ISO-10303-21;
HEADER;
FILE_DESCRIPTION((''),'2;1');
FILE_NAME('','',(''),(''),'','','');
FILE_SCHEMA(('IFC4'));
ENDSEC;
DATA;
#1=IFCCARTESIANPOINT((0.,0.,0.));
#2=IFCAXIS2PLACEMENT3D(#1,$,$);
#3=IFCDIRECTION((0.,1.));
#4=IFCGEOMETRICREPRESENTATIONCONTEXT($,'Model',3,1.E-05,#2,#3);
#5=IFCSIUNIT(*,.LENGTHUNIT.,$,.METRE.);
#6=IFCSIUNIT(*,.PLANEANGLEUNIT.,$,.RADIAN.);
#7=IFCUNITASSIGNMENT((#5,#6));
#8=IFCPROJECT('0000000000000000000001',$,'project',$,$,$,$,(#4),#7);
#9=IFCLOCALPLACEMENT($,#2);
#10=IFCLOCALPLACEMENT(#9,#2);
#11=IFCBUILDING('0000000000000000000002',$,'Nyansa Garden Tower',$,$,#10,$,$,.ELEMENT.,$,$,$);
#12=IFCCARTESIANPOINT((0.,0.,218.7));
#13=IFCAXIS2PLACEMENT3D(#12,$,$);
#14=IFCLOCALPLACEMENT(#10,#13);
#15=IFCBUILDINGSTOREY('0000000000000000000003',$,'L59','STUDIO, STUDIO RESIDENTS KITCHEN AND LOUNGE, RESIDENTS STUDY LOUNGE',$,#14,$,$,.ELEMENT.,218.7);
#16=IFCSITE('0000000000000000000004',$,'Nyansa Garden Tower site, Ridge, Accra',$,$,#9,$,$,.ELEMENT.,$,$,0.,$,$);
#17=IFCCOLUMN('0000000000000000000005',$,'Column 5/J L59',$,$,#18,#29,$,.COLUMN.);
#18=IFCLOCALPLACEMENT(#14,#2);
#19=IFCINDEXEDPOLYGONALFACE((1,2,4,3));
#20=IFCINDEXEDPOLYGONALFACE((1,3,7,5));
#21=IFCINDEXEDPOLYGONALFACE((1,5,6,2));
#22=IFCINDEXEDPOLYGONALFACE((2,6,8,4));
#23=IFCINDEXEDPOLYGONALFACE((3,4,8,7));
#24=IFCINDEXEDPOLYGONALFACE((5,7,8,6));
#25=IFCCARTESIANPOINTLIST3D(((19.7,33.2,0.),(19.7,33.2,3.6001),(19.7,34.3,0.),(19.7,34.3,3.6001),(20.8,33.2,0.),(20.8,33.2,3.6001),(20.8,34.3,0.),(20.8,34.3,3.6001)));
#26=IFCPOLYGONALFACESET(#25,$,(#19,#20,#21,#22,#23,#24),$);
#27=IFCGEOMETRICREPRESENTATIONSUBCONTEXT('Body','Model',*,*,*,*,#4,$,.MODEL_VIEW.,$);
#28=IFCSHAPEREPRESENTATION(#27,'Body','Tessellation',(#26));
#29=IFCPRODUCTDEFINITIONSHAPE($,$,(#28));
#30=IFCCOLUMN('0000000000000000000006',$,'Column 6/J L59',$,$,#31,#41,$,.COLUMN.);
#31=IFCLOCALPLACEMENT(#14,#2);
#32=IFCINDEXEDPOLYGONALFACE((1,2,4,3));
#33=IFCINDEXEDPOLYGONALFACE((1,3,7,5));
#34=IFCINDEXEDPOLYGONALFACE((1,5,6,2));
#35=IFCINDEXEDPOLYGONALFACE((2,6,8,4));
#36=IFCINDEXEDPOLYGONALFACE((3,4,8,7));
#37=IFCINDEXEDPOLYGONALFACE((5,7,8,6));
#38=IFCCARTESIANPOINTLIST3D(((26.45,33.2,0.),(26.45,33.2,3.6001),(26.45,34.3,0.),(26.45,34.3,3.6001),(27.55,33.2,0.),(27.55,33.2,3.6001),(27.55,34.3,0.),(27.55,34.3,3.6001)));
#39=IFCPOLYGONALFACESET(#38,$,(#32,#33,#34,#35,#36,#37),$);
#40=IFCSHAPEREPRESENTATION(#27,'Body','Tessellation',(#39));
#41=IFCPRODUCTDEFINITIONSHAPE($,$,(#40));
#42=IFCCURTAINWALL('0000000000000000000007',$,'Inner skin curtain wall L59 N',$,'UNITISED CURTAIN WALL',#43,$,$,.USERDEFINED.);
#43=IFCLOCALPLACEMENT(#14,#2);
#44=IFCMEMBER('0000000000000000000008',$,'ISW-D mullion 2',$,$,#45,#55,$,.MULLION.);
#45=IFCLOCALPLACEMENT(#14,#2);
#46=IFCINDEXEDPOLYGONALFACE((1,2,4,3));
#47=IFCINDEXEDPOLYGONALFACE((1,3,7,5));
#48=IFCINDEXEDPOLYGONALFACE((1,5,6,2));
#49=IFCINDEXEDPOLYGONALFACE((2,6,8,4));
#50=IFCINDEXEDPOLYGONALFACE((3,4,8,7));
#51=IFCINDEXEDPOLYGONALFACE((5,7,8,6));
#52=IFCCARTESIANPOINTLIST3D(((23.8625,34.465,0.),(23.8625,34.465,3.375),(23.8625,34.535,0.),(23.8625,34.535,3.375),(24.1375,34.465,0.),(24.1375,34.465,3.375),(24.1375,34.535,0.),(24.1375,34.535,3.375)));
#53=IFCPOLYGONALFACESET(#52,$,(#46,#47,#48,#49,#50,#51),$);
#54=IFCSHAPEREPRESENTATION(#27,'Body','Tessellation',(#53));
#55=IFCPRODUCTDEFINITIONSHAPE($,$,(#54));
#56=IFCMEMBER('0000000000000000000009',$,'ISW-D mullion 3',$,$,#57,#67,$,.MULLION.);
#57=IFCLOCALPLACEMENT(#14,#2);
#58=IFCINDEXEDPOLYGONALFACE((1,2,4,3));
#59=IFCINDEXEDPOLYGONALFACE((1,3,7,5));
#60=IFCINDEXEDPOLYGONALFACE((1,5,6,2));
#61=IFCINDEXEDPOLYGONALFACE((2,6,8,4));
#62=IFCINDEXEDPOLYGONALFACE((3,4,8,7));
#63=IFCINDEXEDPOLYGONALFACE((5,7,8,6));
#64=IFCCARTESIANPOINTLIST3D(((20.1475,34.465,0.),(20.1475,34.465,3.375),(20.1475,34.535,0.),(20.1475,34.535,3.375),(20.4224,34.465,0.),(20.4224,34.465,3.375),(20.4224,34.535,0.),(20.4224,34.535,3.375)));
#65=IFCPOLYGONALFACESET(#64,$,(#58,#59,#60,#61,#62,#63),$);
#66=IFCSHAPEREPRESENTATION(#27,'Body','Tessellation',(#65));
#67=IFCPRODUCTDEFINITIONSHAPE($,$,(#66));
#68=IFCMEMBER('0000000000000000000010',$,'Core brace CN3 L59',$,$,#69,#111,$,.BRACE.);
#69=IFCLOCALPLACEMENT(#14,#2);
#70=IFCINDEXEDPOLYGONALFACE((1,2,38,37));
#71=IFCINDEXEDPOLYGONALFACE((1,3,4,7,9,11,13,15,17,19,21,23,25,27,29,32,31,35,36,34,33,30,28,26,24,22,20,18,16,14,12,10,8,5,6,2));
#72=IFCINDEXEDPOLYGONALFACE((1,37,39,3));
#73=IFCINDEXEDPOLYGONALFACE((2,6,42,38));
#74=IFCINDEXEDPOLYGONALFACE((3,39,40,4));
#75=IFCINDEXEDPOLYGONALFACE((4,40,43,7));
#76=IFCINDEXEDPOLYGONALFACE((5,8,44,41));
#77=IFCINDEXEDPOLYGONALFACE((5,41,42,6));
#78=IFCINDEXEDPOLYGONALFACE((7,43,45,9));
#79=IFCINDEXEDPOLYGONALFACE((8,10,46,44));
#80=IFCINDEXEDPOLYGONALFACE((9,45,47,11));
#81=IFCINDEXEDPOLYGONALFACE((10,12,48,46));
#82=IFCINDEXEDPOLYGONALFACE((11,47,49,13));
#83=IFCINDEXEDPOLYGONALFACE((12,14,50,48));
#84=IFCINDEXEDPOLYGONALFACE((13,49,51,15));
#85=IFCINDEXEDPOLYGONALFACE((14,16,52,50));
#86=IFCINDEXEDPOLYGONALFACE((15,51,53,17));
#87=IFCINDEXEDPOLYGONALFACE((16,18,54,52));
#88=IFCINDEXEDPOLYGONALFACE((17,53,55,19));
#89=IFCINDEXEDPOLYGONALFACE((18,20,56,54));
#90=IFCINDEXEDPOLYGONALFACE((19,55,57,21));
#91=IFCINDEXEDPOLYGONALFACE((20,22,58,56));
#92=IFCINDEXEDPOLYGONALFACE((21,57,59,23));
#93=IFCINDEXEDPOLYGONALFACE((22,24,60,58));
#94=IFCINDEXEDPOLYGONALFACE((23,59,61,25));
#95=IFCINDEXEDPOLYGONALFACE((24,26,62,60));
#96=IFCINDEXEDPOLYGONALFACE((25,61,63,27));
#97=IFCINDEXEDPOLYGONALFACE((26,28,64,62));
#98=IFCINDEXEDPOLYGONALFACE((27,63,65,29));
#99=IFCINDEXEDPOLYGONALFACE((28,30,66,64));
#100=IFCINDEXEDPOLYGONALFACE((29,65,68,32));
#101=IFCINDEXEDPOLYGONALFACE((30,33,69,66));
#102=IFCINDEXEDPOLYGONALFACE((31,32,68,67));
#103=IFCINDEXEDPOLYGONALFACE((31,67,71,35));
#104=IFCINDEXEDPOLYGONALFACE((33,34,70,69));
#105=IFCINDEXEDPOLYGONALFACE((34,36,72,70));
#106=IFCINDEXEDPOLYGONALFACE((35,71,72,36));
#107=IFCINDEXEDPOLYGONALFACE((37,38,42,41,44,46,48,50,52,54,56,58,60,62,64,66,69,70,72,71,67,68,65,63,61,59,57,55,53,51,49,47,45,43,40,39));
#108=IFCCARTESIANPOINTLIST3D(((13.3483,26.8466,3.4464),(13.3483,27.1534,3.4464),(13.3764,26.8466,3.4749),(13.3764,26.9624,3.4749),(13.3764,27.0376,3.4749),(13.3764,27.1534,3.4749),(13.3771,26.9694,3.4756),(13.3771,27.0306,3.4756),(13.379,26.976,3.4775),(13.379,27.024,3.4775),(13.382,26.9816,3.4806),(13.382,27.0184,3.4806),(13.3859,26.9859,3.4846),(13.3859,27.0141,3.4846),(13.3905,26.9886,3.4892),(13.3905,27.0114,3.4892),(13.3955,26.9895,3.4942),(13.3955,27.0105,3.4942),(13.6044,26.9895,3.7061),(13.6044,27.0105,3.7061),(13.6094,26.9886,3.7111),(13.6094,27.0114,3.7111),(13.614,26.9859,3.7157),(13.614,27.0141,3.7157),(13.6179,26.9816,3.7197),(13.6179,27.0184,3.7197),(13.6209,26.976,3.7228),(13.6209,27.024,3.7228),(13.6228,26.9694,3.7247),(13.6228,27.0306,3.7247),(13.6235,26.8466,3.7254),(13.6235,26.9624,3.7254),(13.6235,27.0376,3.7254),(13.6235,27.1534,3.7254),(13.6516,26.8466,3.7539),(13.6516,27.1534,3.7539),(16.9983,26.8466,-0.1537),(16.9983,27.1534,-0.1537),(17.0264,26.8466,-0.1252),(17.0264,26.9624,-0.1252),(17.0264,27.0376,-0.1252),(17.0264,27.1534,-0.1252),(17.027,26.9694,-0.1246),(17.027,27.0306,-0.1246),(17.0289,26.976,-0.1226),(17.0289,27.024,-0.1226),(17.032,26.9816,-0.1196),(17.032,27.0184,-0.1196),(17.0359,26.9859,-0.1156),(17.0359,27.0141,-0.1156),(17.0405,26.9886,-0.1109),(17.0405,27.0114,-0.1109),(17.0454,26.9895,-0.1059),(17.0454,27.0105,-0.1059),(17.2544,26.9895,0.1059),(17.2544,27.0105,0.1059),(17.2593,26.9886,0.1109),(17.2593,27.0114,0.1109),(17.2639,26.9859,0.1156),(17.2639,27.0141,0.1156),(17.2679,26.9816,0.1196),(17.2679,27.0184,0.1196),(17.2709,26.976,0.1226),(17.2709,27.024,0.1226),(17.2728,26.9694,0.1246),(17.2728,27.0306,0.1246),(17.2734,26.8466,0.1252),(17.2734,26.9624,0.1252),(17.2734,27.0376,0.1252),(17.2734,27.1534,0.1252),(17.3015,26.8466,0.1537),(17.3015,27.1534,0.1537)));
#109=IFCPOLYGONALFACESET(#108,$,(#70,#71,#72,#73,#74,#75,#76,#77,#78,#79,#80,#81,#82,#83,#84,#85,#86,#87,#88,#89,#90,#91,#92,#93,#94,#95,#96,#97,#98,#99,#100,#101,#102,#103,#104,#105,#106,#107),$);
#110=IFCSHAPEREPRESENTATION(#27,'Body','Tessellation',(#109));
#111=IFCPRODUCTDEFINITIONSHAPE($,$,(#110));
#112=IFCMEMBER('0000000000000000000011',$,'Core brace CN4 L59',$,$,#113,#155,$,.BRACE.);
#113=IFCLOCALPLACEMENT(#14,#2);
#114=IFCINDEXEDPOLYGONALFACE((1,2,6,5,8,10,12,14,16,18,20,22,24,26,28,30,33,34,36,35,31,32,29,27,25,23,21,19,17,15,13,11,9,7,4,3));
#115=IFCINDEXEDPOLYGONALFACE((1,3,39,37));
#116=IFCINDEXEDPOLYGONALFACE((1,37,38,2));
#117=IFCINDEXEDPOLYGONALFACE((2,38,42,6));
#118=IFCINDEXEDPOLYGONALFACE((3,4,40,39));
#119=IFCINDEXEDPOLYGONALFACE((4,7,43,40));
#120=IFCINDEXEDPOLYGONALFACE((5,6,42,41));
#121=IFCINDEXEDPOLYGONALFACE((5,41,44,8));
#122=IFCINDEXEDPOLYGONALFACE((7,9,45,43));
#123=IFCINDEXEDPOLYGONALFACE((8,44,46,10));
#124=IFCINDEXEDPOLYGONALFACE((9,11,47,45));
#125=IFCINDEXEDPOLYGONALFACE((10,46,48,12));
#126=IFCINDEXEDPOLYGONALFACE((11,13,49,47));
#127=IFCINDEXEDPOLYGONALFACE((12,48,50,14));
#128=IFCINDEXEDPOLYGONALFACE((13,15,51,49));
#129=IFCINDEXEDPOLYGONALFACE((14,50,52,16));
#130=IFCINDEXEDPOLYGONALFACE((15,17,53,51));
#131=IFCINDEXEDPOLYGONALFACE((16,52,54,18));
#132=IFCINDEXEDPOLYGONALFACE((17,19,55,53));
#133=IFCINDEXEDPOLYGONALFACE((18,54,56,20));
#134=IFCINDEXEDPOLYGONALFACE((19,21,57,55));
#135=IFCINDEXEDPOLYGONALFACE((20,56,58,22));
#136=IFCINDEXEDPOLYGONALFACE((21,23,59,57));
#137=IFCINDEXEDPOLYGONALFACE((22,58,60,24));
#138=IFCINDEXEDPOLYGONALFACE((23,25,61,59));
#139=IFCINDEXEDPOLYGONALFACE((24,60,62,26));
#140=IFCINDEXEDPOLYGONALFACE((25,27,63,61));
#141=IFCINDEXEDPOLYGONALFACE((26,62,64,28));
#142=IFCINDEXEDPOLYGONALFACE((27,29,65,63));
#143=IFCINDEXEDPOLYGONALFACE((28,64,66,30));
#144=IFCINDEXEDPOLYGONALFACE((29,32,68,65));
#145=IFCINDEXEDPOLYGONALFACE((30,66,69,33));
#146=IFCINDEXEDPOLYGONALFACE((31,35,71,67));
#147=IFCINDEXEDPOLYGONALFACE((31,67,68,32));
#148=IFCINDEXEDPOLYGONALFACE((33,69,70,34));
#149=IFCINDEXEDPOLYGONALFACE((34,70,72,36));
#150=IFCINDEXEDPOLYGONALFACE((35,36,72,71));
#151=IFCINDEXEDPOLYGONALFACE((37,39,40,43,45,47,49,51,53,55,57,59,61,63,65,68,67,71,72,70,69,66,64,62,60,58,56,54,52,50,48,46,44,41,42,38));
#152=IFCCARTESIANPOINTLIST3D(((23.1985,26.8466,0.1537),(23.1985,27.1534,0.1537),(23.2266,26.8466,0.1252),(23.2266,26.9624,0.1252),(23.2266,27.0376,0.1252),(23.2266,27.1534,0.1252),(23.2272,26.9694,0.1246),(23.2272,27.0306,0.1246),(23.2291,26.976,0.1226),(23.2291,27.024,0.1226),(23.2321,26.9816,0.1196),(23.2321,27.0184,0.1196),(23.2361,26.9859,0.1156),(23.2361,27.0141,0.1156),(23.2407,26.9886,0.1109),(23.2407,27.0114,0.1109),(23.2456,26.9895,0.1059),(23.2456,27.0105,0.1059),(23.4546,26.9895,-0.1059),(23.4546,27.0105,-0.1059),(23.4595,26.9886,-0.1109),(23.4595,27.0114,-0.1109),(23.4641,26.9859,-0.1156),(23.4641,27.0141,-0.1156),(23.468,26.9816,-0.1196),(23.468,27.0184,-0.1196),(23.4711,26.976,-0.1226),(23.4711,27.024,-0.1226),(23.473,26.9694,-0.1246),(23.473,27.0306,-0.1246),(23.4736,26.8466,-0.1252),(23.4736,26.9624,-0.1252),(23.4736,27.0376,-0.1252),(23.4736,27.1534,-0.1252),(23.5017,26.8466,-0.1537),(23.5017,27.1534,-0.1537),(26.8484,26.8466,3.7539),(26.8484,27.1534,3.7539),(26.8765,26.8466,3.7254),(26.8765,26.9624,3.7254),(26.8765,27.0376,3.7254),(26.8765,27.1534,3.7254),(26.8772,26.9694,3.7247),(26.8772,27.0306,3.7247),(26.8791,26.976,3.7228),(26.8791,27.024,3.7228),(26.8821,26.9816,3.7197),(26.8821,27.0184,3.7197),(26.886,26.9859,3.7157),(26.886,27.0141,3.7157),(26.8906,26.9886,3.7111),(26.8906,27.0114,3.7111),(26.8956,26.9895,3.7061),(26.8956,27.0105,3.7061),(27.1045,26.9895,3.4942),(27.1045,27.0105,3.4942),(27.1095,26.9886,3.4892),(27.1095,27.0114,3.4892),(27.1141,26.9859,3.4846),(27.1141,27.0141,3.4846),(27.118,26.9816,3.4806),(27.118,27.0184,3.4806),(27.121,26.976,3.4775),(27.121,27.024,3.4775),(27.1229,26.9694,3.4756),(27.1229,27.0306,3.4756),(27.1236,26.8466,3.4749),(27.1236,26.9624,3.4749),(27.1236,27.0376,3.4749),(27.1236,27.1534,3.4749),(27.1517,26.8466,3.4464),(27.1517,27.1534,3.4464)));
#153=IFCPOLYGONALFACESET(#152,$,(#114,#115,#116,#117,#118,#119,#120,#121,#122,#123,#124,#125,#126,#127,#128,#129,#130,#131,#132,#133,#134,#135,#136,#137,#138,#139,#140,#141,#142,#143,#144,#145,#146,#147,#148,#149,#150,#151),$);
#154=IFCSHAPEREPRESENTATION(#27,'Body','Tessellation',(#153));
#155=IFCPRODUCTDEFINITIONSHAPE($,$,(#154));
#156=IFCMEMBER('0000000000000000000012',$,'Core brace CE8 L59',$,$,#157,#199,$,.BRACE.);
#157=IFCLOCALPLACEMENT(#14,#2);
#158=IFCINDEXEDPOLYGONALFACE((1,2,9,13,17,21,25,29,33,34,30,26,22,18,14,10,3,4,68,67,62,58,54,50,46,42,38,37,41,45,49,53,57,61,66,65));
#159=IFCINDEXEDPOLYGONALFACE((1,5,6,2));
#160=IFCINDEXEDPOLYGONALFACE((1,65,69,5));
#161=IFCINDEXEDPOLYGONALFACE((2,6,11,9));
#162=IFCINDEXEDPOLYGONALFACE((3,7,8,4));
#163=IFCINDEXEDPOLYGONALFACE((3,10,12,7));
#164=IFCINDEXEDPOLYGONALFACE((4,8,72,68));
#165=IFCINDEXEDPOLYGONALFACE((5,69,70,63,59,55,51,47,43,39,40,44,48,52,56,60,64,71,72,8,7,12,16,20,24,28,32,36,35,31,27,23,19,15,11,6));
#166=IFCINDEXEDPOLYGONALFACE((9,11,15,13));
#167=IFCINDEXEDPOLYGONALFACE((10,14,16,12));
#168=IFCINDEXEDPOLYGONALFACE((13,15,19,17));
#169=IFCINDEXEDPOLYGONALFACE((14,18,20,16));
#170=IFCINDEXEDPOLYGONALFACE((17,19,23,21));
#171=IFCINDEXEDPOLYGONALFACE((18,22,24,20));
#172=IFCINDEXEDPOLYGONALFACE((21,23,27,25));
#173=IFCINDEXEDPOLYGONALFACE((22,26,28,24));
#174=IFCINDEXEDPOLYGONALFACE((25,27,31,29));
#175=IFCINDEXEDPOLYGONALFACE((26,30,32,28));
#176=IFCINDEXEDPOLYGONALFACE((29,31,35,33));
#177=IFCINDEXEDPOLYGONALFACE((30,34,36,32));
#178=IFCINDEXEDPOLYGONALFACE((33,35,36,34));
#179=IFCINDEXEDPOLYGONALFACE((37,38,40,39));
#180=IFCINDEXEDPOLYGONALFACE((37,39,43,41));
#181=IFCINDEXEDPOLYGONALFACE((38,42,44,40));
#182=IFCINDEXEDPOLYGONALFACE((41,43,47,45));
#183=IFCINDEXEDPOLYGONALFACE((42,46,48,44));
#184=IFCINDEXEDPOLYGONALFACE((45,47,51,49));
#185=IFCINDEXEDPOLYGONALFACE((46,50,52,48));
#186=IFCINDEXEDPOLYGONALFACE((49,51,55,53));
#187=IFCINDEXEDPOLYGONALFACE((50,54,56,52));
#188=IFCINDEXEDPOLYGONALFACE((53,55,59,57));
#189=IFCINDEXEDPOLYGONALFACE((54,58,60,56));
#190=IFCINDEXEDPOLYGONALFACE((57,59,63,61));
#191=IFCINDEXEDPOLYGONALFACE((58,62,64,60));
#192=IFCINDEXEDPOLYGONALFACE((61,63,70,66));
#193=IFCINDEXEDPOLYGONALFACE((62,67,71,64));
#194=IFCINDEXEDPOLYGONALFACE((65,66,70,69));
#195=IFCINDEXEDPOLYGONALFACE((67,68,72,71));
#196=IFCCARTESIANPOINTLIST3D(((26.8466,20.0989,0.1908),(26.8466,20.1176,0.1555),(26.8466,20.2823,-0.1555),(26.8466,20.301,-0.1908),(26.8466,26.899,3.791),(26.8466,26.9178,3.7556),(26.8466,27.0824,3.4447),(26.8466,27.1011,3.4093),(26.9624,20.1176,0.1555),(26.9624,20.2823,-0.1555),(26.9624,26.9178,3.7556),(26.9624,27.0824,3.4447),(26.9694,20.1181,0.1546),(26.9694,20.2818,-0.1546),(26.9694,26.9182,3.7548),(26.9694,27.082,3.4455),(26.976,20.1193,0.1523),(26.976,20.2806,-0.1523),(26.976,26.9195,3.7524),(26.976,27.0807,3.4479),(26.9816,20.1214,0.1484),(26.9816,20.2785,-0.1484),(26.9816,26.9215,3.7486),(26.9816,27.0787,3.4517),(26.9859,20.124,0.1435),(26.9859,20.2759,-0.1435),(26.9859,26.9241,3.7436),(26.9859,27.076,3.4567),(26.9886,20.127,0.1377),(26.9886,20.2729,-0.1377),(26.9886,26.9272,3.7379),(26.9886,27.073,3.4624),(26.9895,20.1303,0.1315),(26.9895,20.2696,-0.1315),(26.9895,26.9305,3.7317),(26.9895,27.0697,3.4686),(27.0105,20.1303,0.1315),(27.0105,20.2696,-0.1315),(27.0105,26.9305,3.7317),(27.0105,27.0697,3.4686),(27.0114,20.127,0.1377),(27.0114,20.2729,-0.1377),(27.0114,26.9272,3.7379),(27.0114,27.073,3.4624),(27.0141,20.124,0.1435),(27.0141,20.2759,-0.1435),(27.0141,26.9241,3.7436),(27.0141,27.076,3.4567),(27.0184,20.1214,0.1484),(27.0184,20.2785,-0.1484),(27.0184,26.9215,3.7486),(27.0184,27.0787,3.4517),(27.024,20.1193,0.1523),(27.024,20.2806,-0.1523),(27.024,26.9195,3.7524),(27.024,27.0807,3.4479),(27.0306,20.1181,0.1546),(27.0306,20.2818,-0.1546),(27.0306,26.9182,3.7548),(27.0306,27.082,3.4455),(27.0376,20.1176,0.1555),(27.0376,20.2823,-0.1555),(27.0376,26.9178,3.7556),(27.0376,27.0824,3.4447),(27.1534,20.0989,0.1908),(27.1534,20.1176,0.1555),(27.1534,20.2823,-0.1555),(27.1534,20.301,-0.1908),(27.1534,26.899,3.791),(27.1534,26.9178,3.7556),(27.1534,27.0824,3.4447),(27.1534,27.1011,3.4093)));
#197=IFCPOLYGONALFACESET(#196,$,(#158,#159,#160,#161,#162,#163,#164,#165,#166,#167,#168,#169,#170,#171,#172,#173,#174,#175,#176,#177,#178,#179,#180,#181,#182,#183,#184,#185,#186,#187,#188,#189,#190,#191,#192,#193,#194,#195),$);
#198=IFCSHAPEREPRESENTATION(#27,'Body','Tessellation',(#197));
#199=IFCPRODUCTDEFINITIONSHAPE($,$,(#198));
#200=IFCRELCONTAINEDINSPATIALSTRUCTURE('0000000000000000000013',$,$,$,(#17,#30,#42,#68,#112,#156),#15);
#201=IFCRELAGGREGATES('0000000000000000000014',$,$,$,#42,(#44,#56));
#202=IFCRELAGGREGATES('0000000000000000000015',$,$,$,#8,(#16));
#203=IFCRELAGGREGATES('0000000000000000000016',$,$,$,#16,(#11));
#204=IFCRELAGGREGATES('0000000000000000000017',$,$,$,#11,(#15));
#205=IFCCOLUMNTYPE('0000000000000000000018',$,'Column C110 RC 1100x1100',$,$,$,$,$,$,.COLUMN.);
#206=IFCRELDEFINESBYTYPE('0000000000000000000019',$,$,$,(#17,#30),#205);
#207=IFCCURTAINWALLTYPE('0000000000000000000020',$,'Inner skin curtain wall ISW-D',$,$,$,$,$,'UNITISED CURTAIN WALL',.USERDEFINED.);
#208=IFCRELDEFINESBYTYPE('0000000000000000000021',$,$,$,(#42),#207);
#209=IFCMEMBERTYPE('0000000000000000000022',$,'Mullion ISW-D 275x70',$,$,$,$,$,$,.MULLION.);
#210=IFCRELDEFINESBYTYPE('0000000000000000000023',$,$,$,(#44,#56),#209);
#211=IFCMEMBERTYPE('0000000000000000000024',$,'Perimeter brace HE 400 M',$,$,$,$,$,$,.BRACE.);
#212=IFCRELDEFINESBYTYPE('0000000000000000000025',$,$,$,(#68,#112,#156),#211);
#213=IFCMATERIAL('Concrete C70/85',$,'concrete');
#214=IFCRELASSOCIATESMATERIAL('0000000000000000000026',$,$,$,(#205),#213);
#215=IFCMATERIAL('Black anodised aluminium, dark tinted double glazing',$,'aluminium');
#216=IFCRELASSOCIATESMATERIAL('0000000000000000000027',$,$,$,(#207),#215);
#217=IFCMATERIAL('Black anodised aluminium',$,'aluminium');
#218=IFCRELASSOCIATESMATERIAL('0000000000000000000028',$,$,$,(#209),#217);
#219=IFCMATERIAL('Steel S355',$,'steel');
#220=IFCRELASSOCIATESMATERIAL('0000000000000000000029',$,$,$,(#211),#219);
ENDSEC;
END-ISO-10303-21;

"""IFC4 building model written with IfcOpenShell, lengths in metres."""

from ifc_helpers import new_model, si_unit, direction, frame, origin, origin_2d, place, context, subcontext, project, spatial, rectangle, i_section, extrude, material, material_profile, profile_set, type_object, element, aggregate, save


model = new_model("IFC4")

# Units and contexts
model_context = context("Model", 3, precision=1e-05, world=origin(), true_north=direction((0.0, 1.0)))
body_context = subcontext(model_context, "Body", "Model", "MODEL_VIEW")
ifc_project = project(units=[si_unit("LENGTHUNIT", "METRE"), si_unit("PLANEANGLEUNIT", "RADIAN")], contexts=[model_context])

# Site, building, storey
site_placement = place(None, origin())
site = spatial("IfcSite", under=ifc_project, at=site_placement, Name="Nyansa Garden Tower site, Ridge, Accra", CompositionType="ELEMENT", RefElevation=0.0)
building_placement = place(site_placement, origin())
building = spatial("IfcBuilding", under=site, at=building_placement, Name="Nyansa Garden Tower", CompositionType="ELEMENT")
storey_placement = place(building_placement, frame((0.0, 0.0, 218.7)))
storey = spatial("IfcBuildingStorey", under=building, at=storey_placement, Name="L59", Description="STUDIO, STUDIO RESIDENTS KITCHEN AND LOUNGE, RESIDENTS STUDY LOUNGE", CompositionType="ELEMENT", Elevation=218.7)

# Columns
ifc_material_1 = material(Name="Concrete C70/85", Category="concrete")
ifc_material_profile_1 = material_profile(ifc_material_1, rectangle(XDim=1.1001, YDim=1.1001, at=origin_2d()), Name="RC 1100x1100")
ifc_profile_set_1 = profile_set([ifc_material_profile_1], Name="Concrete C70/85")
column_type = type_object("IfcColumnType", Name="Column C110 RC 1100x1100", PredefinedType="COLUMN", material=ifc_profile_set_1)
for number, where, z_axis, x_axis, name in (
    (1, (20.25, 33.75, 0.0), (0.0, 0.0, 1.0), (1.0, 0.0, 0.0), "Column 5/J L59"),
    (2, (27.0, 33.75, 0.0), (0.0, 0.0, 1.0), (1.0, 0.0, 0.0), "Column 6/J L59"),
):
    element("IfcColumn", number, at=place(storey_placement, frame(where, z_axis=z_axis, x_axis=x_axis)), inside=storey, type_object=column_type, Name=name, PredefinedType="COLUMN", context=body_context, shape_type="SweptSolid", body=[
        extrude(rectangle(XDim=1.1001, YDim=1.1001, at=origin_2d()), origin(), (0.0, 0.0, 1.0), 3.6001),
    ])

# Curtain wall, members
ifc_material_2 = material(Name="Black anodised aluminium, dark tinted double glazing", Category="aluminium")
curtain_wall_type = type_object("IfcCurtainWallType", Name="Inner skin curtain wall ISW-D", ElementType="UNITISED CURTAIN WALL", PredefinedType="USERDEFINED", material=ifc_material_2)
curtain_wall_placement = place(storey_placement, origin())
curtain_wall = element("IfcCurtainWall", 3, at=curtain_wall_placement, inside=storey, type_object=curtain_wall_type, Name="Inner skin curtain wall L59 N", ObjectType="UNITISED CURTAIN WALL", PredefinedType="USERDEFINED")
ifc_material_3 = material(Name="Black anodised aluminium", Category="aluminium")
ifc_material_profile_2 = material_profile(ifc_material_3, rectangle(XDim=0.0701, YDim=0.2749, at=origin_2d()), Name="Mullion 275x70")
ifc_profile_set_2 = profile_set([ifc_material_profile_2], Name="Black anodised aluminium")
member_type_1 = type_object("IfcMemberType", Name="Mullion ISW-D 275x70", PredefinedType="MULLION", material=ifc_profile_set_2)
member_1_placement = place(storey_placement, frame((24.0, 34.5, 0.0), z_axis=(0.0, 0.0, 1.0), x_axis=(0.0, -1.0, 0.0)))
member_1 = element("IfcMember", 4, at=member_1_placement, type_object=member_type_1, Name="ISW-D mullion 2", PredefinedType="MULLION", context=body_context, shape_type="SweptSolid", body=[
    extrude(rectangle(XDim=0.0701, YDim=0.2749, at=origin_2d()), origin(), (0.0, 0.0, 1.0), 3.375),
])
member_2_placement = place(storey_placement, frame((20.2849, 34.5, 0.0), z_axis=(0.0, 0.0, 1.0), x_axis=(0.0, -1.0, 0.0)))
member_2 = element("IfcMember", 5, at=member_2_placement, type_object=member_type_1, Name="ISW-D mullion 3", PredefinedType="MULLION", context=body_context, shape_type="SweptSolid", body=[
    extrude(rectangle(XDim=0.0701, YDim=0.2749, at=origin_2d()), origin(), (0.0, 0.0, 1.0), 3.375),
])

# Members
ifc_material_4 = material(Name="Steel S355", Category="steel")
ifc_material_profile_3 = material_profile(ifc_material_4, i_section(OverallWidth=0.3069, OverallDepth=0.4319, WebThickness=0.021, FlangeThickness=0.04, FilletRadius=0.0271, at=origin_2d()), Name="HE 400 M")
ifc_profile_set_3 = profile_set([ifc_material_profile_3], Name="Steel S355")
member_type_2 = type_object("IfcMemberType", Name="Perimeter brace HE 400 M", PredefinedType="BRACE", material=ifc_profile_set_3)
for number, where, z_axis, x_axis, name in (
    (6, (17.1499, 27.0, 0.0), (-0.711948, 0.0, 0.702233), (0.0, -1.0, 0.0), "Core brace CN3 L59"),
    (7, (23.3501, 27.0, 0.0), (0.711948, 0.0, 0.702233), (0.0, 1.0, 0.0), "Core brace CN4 L59"),
):
    element("IfcMember", number, at=place(storey_placement, frame(where, z_axis=z_axis, x_axis=x_axis)), inside=storey, type_object=member_type_2, Name=name, PredefinedType="BRACE", context=body_context, shape_type="SweptSolid", body=[
        extrude(i_section(OverallWidth=0.3069, OverallDepth=0.4319, WebThickness=0.021, FlangeThickness=0.04, FilletRadius=0.0271, at=origin_2d()), origin(), (0.0, 0.0, 1.0), 5.1267),
    ])
member_3_placement = place(storey_placement, frame((27.0, 20.2, 0.0), z_axis=(0.0, 0.883784, 0.467895), x_axis=(-1.0, 0.0, 0.0)))
element("IfcMember", 8, at=member_3_placement, inside=storey, type_object=member_type_2, Name="Core brace CE8 L59", PredefinedType="BRACE", context=body_context, shape_type="SweptSolid", body=[
    extrude(i_section(OverallWidth=0.3069, OverallDepth=0.4319, WebThickness=0.021, FlangeThickness=0.04, FilletRadius=0.0271, at=origin_2d()), origin(), (0.0, 0.0, 1.0), 7.6943),
])

aggregate(curtain_wall, [member_1, member_2])

save(model, "model.ifc")
